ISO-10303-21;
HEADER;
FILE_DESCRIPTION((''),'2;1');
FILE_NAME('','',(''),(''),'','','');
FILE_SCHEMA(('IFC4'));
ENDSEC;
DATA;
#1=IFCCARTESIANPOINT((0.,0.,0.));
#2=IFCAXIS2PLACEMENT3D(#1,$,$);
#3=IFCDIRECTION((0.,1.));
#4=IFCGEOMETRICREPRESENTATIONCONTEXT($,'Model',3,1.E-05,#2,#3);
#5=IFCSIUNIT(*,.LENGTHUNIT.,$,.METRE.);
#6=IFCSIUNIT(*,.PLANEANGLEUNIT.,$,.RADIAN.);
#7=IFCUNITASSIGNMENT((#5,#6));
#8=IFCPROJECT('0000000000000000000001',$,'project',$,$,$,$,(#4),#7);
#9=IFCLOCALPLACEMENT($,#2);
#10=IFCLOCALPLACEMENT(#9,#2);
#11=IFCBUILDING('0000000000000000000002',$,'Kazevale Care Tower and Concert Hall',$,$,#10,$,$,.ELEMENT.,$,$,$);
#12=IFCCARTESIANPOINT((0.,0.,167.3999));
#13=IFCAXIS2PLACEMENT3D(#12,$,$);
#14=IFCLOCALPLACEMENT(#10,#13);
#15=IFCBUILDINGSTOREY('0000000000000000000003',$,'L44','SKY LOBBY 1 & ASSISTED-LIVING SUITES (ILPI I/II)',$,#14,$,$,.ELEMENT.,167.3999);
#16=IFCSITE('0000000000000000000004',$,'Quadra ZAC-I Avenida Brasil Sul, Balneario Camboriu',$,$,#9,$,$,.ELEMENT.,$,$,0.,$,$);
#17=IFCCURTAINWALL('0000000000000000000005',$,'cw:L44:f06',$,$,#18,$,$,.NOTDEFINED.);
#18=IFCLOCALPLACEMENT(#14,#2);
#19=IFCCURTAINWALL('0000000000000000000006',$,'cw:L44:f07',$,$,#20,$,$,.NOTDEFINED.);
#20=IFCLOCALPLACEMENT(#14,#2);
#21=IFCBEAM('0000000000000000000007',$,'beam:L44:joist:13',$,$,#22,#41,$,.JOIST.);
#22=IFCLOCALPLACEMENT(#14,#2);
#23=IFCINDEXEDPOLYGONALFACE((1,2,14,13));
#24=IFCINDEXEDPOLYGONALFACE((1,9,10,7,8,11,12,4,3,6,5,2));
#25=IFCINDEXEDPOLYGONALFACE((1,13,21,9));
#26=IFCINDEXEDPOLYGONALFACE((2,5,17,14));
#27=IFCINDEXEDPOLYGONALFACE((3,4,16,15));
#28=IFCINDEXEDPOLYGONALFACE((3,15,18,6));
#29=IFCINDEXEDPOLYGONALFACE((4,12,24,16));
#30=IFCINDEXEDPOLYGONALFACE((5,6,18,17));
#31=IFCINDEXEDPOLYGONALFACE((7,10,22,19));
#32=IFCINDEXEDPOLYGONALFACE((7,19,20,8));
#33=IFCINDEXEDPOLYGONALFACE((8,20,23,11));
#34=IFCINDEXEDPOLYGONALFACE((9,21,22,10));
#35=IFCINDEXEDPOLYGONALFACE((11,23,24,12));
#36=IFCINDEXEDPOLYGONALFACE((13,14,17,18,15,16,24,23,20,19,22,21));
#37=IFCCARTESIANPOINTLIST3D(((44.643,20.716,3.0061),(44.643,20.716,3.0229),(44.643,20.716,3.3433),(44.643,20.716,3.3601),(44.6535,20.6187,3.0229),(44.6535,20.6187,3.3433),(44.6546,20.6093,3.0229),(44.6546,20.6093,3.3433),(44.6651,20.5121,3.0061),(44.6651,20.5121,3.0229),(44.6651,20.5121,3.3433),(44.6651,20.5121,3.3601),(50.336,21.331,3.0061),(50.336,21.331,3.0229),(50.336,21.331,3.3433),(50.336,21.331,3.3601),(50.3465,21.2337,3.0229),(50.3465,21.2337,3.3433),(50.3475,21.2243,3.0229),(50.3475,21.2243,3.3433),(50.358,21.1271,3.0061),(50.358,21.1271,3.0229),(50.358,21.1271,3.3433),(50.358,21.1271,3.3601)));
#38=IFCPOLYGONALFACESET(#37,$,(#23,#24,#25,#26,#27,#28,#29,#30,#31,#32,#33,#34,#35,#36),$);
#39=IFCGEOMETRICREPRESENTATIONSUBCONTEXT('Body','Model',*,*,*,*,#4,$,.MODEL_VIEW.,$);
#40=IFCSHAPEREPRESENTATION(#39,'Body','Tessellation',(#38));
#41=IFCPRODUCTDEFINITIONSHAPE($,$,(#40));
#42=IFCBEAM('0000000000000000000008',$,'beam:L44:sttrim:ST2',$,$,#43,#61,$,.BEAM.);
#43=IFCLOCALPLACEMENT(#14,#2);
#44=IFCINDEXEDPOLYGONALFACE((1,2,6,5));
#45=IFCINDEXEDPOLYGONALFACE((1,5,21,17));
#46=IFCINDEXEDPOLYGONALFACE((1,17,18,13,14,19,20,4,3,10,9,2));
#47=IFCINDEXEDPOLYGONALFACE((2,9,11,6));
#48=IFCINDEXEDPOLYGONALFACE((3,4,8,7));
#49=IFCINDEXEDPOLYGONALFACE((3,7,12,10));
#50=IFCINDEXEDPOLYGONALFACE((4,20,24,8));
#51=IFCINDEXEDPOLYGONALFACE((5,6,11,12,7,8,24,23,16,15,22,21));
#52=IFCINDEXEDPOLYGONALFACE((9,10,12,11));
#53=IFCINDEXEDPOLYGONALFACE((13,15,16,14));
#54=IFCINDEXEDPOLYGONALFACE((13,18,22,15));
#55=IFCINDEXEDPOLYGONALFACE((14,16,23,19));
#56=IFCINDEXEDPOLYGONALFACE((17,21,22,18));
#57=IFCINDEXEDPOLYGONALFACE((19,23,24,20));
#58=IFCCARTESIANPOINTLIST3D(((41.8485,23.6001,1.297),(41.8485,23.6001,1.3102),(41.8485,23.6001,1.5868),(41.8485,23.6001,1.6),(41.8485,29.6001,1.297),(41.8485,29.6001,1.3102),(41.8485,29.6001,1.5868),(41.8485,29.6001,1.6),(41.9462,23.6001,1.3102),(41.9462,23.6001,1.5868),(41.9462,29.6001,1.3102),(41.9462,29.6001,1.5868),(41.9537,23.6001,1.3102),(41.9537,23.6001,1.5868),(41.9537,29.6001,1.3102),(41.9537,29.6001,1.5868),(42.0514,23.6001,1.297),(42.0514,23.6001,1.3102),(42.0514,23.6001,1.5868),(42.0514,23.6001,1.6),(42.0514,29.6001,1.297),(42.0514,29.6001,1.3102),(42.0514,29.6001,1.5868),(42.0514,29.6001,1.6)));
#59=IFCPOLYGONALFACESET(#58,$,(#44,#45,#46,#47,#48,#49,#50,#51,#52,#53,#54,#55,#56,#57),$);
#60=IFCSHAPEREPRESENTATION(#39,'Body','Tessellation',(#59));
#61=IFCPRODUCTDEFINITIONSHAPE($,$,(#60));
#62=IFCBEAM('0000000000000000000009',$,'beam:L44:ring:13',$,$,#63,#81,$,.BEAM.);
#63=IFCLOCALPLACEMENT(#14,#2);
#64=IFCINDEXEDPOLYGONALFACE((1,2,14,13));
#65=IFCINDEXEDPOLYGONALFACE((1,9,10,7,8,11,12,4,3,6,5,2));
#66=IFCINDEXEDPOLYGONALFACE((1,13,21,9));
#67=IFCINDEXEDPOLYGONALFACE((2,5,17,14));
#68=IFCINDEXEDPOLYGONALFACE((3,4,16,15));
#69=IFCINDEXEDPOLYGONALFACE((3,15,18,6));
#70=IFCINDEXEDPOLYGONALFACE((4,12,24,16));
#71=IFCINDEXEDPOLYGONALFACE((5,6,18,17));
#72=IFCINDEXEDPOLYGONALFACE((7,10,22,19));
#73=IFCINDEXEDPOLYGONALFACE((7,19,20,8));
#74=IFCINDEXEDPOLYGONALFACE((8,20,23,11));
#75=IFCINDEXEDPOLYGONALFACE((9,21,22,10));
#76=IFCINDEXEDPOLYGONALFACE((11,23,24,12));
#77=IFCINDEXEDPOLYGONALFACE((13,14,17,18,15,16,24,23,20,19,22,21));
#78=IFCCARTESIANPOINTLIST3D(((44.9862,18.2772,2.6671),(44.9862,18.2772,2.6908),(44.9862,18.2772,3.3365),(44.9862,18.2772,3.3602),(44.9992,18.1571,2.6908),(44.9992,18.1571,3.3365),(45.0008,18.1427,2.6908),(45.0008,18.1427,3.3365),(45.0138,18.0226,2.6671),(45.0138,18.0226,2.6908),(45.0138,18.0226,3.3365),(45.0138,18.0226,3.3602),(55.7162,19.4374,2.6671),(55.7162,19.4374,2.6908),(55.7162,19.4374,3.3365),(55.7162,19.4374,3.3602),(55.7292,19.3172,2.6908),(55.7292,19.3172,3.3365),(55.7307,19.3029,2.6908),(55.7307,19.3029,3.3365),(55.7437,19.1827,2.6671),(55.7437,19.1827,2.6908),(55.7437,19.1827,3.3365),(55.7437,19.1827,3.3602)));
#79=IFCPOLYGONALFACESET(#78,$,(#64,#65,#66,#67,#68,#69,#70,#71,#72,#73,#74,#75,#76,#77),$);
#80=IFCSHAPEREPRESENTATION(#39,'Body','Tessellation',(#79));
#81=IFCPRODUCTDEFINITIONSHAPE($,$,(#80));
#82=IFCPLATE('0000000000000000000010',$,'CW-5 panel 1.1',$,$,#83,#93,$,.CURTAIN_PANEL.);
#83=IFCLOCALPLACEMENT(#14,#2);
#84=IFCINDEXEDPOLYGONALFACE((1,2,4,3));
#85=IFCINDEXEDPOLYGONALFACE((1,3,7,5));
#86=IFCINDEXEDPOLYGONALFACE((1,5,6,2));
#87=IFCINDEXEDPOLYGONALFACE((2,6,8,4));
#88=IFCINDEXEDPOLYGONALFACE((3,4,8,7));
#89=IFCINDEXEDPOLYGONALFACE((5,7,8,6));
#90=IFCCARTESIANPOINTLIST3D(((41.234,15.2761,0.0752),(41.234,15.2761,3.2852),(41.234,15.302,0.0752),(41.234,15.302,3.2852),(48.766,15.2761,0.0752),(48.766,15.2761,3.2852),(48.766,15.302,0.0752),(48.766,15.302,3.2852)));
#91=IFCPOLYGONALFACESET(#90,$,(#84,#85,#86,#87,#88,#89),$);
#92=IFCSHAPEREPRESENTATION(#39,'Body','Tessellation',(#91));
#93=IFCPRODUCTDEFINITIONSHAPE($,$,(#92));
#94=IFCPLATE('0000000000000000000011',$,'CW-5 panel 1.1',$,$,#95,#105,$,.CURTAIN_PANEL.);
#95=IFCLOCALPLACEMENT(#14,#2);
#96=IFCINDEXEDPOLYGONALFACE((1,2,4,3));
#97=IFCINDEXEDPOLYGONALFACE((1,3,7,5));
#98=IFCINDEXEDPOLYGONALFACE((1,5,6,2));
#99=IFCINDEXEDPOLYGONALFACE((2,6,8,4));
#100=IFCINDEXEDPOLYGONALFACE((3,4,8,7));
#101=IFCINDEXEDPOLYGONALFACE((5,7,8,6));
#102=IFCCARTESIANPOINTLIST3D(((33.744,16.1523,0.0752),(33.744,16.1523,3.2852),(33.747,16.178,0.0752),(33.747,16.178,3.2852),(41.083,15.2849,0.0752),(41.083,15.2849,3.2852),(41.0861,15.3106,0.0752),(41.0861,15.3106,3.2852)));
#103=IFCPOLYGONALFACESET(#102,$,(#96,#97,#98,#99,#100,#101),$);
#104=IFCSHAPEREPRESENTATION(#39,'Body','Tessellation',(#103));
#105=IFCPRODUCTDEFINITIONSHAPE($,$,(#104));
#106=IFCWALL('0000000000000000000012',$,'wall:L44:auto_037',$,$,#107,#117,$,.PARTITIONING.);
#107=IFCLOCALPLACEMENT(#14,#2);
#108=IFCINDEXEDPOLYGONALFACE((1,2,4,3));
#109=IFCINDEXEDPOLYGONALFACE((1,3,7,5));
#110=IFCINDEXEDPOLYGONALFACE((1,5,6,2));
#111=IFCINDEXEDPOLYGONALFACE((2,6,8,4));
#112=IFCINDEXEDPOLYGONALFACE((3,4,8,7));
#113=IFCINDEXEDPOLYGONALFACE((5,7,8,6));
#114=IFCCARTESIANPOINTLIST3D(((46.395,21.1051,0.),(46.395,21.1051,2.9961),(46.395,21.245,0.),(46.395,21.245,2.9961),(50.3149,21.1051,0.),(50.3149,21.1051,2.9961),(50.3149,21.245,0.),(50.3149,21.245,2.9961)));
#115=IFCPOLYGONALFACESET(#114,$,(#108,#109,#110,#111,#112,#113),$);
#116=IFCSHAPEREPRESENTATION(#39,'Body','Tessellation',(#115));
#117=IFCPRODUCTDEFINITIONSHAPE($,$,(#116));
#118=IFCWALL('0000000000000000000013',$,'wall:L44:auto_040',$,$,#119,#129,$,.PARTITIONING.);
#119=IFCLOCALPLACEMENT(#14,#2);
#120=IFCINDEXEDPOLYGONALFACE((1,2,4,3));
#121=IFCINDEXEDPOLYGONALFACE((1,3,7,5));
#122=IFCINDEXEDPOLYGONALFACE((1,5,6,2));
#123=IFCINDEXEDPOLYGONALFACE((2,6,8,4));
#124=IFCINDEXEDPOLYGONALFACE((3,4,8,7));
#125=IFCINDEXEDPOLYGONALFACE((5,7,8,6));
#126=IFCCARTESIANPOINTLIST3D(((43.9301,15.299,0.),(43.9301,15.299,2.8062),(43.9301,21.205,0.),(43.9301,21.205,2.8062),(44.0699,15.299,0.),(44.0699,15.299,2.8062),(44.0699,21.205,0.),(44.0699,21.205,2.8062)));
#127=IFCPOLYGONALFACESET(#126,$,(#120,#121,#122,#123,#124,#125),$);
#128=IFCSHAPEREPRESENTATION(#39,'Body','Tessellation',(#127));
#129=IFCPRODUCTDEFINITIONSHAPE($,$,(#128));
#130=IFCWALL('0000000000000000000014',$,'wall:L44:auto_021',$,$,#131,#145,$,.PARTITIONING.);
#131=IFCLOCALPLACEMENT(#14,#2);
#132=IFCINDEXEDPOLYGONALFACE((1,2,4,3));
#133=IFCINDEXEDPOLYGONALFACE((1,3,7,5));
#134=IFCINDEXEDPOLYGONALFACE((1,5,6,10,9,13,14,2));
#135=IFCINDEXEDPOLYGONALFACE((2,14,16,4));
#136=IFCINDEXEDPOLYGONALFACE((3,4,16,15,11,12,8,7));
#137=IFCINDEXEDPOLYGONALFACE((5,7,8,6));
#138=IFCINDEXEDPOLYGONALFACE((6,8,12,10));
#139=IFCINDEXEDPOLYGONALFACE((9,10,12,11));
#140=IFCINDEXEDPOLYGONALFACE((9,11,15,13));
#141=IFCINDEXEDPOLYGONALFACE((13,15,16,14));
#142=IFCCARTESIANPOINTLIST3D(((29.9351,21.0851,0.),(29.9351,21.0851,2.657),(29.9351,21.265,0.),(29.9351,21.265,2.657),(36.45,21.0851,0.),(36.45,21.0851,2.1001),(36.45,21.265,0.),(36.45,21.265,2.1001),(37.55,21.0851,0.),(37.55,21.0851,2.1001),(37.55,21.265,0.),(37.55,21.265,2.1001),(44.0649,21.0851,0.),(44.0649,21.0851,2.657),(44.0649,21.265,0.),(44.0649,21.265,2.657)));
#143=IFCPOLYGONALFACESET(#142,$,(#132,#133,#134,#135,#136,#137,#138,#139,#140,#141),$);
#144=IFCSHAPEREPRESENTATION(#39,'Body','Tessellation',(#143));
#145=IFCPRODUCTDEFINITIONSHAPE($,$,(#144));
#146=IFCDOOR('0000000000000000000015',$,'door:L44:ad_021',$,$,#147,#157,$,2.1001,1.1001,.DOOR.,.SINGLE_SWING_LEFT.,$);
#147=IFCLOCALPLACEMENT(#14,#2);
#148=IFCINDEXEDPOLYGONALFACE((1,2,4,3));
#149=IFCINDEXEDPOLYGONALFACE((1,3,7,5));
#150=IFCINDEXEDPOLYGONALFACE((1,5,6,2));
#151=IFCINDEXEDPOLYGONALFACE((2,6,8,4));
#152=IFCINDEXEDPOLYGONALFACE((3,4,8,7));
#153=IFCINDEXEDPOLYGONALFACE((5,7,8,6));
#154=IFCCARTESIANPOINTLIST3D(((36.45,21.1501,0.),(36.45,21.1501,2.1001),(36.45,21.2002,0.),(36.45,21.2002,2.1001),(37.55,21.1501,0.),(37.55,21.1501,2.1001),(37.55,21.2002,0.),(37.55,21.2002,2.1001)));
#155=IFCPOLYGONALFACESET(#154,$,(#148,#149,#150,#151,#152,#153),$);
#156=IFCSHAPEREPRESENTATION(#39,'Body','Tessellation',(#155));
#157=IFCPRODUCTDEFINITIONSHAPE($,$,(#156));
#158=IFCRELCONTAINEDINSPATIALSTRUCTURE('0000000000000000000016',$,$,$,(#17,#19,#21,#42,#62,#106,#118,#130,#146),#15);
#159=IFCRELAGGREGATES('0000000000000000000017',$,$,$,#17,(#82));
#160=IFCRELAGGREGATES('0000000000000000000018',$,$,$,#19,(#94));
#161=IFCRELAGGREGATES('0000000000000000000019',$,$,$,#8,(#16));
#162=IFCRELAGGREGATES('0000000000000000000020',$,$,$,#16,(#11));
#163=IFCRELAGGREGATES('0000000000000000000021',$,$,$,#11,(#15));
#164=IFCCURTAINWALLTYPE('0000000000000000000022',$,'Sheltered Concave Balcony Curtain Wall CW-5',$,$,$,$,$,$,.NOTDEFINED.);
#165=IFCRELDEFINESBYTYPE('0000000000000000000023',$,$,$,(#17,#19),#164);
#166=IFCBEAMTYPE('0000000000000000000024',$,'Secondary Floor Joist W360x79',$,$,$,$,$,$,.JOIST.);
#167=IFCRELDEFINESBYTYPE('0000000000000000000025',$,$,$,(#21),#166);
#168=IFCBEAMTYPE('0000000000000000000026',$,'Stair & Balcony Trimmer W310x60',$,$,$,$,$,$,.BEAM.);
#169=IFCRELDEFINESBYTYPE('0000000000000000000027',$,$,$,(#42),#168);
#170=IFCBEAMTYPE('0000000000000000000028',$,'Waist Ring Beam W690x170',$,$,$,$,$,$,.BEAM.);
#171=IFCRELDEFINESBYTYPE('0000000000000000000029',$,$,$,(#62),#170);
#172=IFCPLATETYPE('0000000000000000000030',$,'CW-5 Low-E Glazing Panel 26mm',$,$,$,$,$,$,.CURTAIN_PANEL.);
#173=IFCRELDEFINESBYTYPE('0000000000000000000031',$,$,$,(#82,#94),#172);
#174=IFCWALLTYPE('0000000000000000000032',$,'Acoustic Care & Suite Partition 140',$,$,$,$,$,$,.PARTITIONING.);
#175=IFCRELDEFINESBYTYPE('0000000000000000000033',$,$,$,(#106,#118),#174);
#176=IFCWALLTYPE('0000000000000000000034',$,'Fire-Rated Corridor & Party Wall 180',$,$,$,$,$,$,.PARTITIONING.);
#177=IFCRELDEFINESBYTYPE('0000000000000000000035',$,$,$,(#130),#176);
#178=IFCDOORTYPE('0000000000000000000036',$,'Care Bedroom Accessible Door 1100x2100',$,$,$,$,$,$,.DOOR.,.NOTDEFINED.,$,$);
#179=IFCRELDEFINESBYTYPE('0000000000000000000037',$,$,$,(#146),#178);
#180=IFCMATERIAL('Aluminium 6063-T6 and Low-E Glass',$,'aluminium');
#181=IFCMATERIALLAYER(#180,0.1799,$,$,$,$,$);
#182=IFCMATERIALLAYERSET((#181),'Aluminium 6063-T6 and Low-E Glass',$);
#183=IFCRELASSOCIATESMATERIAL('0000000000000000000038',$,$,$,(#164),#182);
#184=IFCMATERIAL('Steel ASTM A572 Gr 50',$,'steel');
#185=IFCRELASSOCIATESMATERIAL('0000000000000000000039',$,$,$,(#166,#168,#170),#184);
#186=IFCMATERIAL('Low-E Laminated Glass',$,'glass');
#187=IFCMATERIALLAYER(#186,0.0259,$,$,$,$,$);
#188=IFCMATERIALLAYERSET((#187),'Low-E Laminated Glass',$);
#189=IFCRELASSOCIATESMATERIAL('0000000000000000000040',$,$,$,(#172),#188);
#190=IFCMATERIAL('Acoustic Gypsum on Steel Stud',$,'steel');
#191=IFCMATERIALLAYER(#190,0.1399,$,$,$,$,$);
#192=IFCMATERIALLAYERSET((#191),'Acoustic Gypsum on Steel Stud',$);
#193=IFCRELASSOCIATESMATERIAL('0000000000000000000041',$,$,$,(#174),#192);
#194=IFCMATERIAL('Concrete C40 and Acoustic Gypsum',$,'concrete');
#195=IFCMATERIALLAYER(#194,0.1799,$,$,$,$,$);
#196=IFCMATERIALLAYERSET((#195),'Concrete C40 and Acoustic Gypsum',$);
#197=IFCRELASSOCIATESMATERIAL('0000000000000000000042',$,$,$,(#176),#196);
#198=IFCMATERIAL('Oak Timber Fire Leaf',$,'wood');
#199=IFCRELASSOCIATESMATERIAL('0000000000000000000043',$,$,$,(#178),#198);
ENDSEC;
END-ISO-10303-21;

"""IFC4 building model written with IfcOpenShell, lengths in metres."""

from ifc_helpers import new_model, si_unit, direction, frame, frame_2d, origin, origin_2d, place, context, subcontext, project, spatial, rectangle, i_section, extrude, material, layer, layer_set, material_profile, profile_set, type_object, element, fill, aggregate, save


model = new_model("IFC4")

# Units and contexts
model_context = context("Model", 3, precision=1e-05, world=origin(), true_north=direction((0.0, 1.0)))
body_context = subcontext(model_context, "Body", "Model", "MODEL_VIEW")
ifc_project = project(units=[si_unit("LENGTHUNIT", "METRE"), si_unit("PLANEANGLEUNIT", "RADIAN")], contexts=[model_context])

# Site, building, storey
site_placement = place(None, origin())
site = spatial("IfcSite", under=ifc_project, at=site_placement, Name="Quadra ZAC-I Avenida Brasil Sul, Balneario Camboriu", CompositionType="ELEMENT", RefElevation=0.0)
building_placement = place(site_placement, origin())
building = spatial("IfcBuilding", under=site, at=building_placement, Name="Kazevale Care Tower and Concert Hall", CompositionType="ELEMENT")
storey_placement = place(building_placement, frame((0.0, 0.0, 167.3999)))
storey = spatial("IfcBuildingStorey", under=building, at=storey_placement, Name="L44", Description="SKY LOBBY 1 & ASSISTED-LIVING SUITES (ILPI I/II)", CompositionType="ELEMENT", Elevation=167.3999)

# Curtain wall
ifc_material_1 = material(Name="Aluminium 6063-T6 and Low-E Glass", Category="aluminium")
ifc_layer_1 = layer(ifc_material_1, 0.1799)
ifc_layer_set_1 = layer_set([ifc_layer_1], Name="Aluminium 6063-T6 and Low-E Glass")
curtain_wall_type = type_object("IfcCurtainWallType", Name="Sheltered Concave Balcony Curtain Wall CW-5", PredefinedType="NOTDEFINED", material=ifc_layer_set_1)
curtain_wall_1_placement = place(storey_placement, origin())
curtain_wall_1 = element("IfcCurtainWall", 1, at=curtain_wall_1_placement, inside=storey, type_object=curtain_wall_type, Name="cw:L44:f06", PredefinedType="NOTDEFINED")

# Curtain wall
curtain_wall_2_placement = place(storey_placement, origin())
curtain_wall_2 = element("IfcCurtainWall", 2, at=curtain_wall_2_placement, inside=storey, type_object=curtain_wall_type, Name="cw:L44:f07", PredefinedType="NOTDEFINED")

# Beams
ifc_material_2 = material(Name="Steel ASTM A572 Gr 50", Category="steel")
ifc_material_profile_1 = material_profile(ifc_material_2, i_section(OverallWidth=0.2051, OverallDepth=0.354, WebThickness=0.0095, FlangeThickness=0.0168, at=origin_2d()), Name="W360x79")
ifc_profile_set_1 = profile_set([ifc_material_profile_1], Name="Steel ASTM A572 Gr 50")
beam_type_1 = type_object("IfcBeamType", Name="Secondary Floor Joist W360x79", PredefinedType="JOIST", material=ifc_profile_set_1)
beam_1_placement = place(storey_placement, frame((44.6541, 20.614, 3.1831), z_axis=(0.994216, 0.107403, 0.0), x_axis=(-0.107403, 0.994216, 0.0)))
element("IfcBeam", 3, at=beam_1_placement, inside=storey, type_object=beam_type_1, Name="beam:L44:joist:13", PredefinedType="JOIST", context=body_context, shape_type="SweptSolid", body=[
    extrude(i_section(OverallWidth=0.2051, OverallDepth=0.354, WebThickness=0.0095, FlangeThickness=0.0168, at=origin_2d()), origin(), (0.0, 0.0, 1.0), 5.7261),
])
ifc_material_profile_2 = material_profile(ifc_material_2, i_section(OverallWidth=0.2029, OverallDepth=0.303, WebThickness=0.0076, FlangeThickness=0.0132, at=origin_2d()), Name="W310x60")
ifc_profile_set_2 = profile_set([ifc_material_profile_2], Name="Steel ASTM A572 Gr 50")
beam_type_2 = type_object("IfcBeamType", Name="Stair & Balcony Trimmer W310x60", PredefinedType="BEAM", material=ifc_profile_set_2)
beam_2_placement = place(storey_placement, frame((41.95, 23.6001, 1.4485), z_axis=(0.0, 1.0, 0.0), x_axis=(-1.0, 0.0, 0.0)))
element("IfcBeam", 4, at=beam_2_placement, inside=storey, type_object=beam_type_2, Name="beam:L44:sttrim:ST2", PredefinedType="BEAM", context=body_context, shape_type="SweptSolid", body=[
    extrude(i_section(OverallWidth=0.2029, OverallDepth=0.303, WebThickness=0.0076, FlangeThickness=0.0132, at=origin_2d()), origin(), (0.0, 0.0, 1.0), 6.0),
])
ifc_material_profile_3 = material_profile(ifc_material_2, i_section(OverallWidth=0.2561, OverallDepth=0.6931, WebThickness=0.0144, FlangeThickness=0.0237, at=origin_2d()), Name="W690x170")
ifc_profile_set_3 = profile_set([ifc_material_profile_3], Name="Steel ASTM A572 Gr 50")
beam_type_3 = type_object("IfcBeamType", Name="Waist Ring Beam W690x170", PredefinedType="BEAM", material=ifc_profile_set_3)
beam_3_placement = place(storey_placement, frame((45.0, 18.1499, 3.0137), z_axis=(0.994205, 0.107496, 0.0), x_axis=(-0.107496, 0.994205, 0.0)))
element("IfcBeam", 5, at=beam_3_placement, inside=storey, type_object=beam_type_3, Name="beam:L44:ring:13", PredefinedType="BEAM", context=body_context, shape_type="SweptSolid", body=[
    extrude(i_section(OverallWidth=0.2561, OverallDepth=0.6931, WebThickness=0.0144, FlangeThickness=0.0237, at=origin_2d()), origin(), (0.0, 0.0, 1.0), 10.7925),
])

# Plates
ifc_material_3 = material(Name="Low-E Laminated Glass", Category="glass")
ifc_layer_2 = layer(ifc_material_3, 0.0259)
ifc_layer_set_2 = layer_set([ifc_layer_2], Name="Low-E Laminated Glass")
plate_type = type_object("IfcPlateType", Name="CW-5 Low-E Glazing Panel 26mm", PredefinedType="CURTAIN_PANEL", material=ifc_layer_set_2)
plate_1_placement = place(storey_placement, frame((45.0, 15.2891, 0.0752), z_axis=(0.0, 0.0, 1.0), x_axis=(-1.0, 0.0, 0.0)))
plate_1 = element("IfcPlate", 6, at=plate_1_placement, type_object=plate_type, Name="CW-5 panel 1.1", PredefinedType="CURTAIN_PANEL", context=body_context, shape_type="SweptSolid", body=[
    extrude(rectangle(XDim=7.532, YDim=0.0259, at=origin_2d()), origin(), (0.0, 0.0, 1.0), 3.21),
])
aggregate(curtain_wall_1, [plate_1])
plate_2_placement = place(storey_placement, frame((37.415, 15.7314, 0.0752), z_axis=(0.0, 0.0, 1.0), x_axis=(-0.993088, 0.117372, 0.0)))
plate_2 = element("IfcPlate", 7, at=plate_2_placement, type_object=plate_type, Name="CW-5 panel 1.1", PredefinedType="CURTAIN_PANEL", context=body_context, shape_type="SweptSolid", body=[
    extrude(rectangle(XDim=7.3901, YDim=0.0259, at=origin_2d()), origin(), (0.0, 0.0, 1.0), 3.21),
])
aggregate(curtain_wall_2, [plate_2])

# Walls
ifc_material_4 = material(Name="Acoustic Gypsum on Steel Stud", Category="steel")
ifc_layer_3 = layer(ifc_material_4, 0.1399)
ifc_layer_set_3 = layer_set([ifc_layer_3], Name="Acoustic Gypsum on Steel Stud")
wall_type_1 = type_object("IfcWallType", Name="Acoustic Care & Suite Partition 140", PredefinedType="PARTITIONING", material=ifc_layer_set_3)
wall_1_placement = place(storey_placement, frame((50.3149, 21.175, 0.0), z_axis=(0.0, 0.0, 1.0), x_axis=(-1.0, 0.0, 0.0)))
element("IfcWall", 8, at=wall_1_placement, inside=storey, type_object=wall_type_1, Name="wall:L44:auto_037", PredefinedType="PARTITIONING", context=body_context, shape_type="SweptSolid", body=[
    extrude(rectangle(XDim=3.9199, YDim=0.1399, at=frame_2d((1.96, 0.0))), origin(), (0.0, 0.0, 1.0), 2.9961),
])
wall_2_placement = place(storey_placement, frame((44.0, 21.2051, 0.0), z_axis=(0.0, 0.0, 1.0), x_axis=(0.0, -1.0, 0.0)))
element("IfcWall", 9, at=wall_2_placement, inside=storey, type_object=wall_type_1, Name="wall:L44:auto_040", PredefinedType="PARTITIONING", context=body_context, shape_type="SweptSolid", body=[
    extrude(rectangle(XDim=5.906, YDim=0.1399, at=frame_2d((2.9531, 0.0))), origin(), (0.0, 0.0, 1.0), 2.8062),
])

# Wall, opening, door
ifc_material_5 = material(Name="Concrete C40 and Acoustic Gypsum", Category="concrete")
ifc_layer_4 = layer(ifc_material_5, 0.1799)
ifc_layer_set_4 = layer_set([ifc_layer_4], Name="Concrete C40 and Acoustic Gypsum")
wall_type_2 = type_object("IfcWallType", Name="Fire-Rated Corridor & Party Wall 180", PredefinedType="PARTITIONING", material=ifc_layer_set_4)
wall_3_placement = place(storey_placement, frame((44.0649, 21.175, 0.0), z_axis=(0.0, 0.0, 1.0), x_axis=(-1.0, 0.0, 0.0)))
wall_3 = element("IfcWall", 10, at=wall_3_placement, inside=storey, type_object=wall_type_2, Name="wall:L44:auto_021", PredefinedType="PARTITIONING", context=body_context, shape_type="SweptSolid", body=[
    extrude(rectangle(XDim=14.1299, YDim=0.1799, at=frame_2d((7.0649, 0.0))), origin(), (0.0, 0.0, 1.0), 2.657),
])
opening_1_placement = place(wall_3_placement, frame((6.5149, 0.0, 0.0)))
opening_1 = element("IfcOpeningElement", 11, at=opening_1_placement, cuts=wall_3, PredefinedType="OPENING", context=body_context, shape_type="SweptSolid", body=[
    extrude(rectangle(XDim=1.1001, YDim=2.1001, at=frame_2d((0.55, 1.05))), frame((0.0, 0.0999, 0.0), z_axis=(0.0, -1.0, 0.0), x_axis=(1.0, 0.0, 0.0)), (0.0, 0.0, 1.0), 0.2),
])
ifc_material_6 = material(Name="Oak Timber Fire Leaf", Category="wood")
door_type_1 = type_object("IfcDoorType", Name="Care Bedroom Accessible Door 1100x2100", OperationType="NOTDEFINED", PredefinedType="DOOR", material=ifc_material_6)
door_1_placement = place(opening_1_placement, origin())
door_1 = element("IfcDoor", 12, at=door_1_placement, inside=storey, type_object=door_type_1, Name="door:L44:ad_021", OperationType="SINGLE_SWING_LEFT", OverallHeight=2.1001, OverallWidth=1.1001, PredefinedType="DOOR", context=body_context, shape_type="SweptSolid", body=[
    extrude(rectangle(XDim=1.1001, YDim=2.1001, at=frame_2d((0.55, 1.05))), frame((0.0, 0.0249, 0.0), z_axis=(0.0, -1.0, 0.0), x_axis=(1.0, 0.0, 0.0)), (0.0, 0.0, 1.0), 0.05),
])
fill(opening_1, door_1)

save(model, "model.ifc")
